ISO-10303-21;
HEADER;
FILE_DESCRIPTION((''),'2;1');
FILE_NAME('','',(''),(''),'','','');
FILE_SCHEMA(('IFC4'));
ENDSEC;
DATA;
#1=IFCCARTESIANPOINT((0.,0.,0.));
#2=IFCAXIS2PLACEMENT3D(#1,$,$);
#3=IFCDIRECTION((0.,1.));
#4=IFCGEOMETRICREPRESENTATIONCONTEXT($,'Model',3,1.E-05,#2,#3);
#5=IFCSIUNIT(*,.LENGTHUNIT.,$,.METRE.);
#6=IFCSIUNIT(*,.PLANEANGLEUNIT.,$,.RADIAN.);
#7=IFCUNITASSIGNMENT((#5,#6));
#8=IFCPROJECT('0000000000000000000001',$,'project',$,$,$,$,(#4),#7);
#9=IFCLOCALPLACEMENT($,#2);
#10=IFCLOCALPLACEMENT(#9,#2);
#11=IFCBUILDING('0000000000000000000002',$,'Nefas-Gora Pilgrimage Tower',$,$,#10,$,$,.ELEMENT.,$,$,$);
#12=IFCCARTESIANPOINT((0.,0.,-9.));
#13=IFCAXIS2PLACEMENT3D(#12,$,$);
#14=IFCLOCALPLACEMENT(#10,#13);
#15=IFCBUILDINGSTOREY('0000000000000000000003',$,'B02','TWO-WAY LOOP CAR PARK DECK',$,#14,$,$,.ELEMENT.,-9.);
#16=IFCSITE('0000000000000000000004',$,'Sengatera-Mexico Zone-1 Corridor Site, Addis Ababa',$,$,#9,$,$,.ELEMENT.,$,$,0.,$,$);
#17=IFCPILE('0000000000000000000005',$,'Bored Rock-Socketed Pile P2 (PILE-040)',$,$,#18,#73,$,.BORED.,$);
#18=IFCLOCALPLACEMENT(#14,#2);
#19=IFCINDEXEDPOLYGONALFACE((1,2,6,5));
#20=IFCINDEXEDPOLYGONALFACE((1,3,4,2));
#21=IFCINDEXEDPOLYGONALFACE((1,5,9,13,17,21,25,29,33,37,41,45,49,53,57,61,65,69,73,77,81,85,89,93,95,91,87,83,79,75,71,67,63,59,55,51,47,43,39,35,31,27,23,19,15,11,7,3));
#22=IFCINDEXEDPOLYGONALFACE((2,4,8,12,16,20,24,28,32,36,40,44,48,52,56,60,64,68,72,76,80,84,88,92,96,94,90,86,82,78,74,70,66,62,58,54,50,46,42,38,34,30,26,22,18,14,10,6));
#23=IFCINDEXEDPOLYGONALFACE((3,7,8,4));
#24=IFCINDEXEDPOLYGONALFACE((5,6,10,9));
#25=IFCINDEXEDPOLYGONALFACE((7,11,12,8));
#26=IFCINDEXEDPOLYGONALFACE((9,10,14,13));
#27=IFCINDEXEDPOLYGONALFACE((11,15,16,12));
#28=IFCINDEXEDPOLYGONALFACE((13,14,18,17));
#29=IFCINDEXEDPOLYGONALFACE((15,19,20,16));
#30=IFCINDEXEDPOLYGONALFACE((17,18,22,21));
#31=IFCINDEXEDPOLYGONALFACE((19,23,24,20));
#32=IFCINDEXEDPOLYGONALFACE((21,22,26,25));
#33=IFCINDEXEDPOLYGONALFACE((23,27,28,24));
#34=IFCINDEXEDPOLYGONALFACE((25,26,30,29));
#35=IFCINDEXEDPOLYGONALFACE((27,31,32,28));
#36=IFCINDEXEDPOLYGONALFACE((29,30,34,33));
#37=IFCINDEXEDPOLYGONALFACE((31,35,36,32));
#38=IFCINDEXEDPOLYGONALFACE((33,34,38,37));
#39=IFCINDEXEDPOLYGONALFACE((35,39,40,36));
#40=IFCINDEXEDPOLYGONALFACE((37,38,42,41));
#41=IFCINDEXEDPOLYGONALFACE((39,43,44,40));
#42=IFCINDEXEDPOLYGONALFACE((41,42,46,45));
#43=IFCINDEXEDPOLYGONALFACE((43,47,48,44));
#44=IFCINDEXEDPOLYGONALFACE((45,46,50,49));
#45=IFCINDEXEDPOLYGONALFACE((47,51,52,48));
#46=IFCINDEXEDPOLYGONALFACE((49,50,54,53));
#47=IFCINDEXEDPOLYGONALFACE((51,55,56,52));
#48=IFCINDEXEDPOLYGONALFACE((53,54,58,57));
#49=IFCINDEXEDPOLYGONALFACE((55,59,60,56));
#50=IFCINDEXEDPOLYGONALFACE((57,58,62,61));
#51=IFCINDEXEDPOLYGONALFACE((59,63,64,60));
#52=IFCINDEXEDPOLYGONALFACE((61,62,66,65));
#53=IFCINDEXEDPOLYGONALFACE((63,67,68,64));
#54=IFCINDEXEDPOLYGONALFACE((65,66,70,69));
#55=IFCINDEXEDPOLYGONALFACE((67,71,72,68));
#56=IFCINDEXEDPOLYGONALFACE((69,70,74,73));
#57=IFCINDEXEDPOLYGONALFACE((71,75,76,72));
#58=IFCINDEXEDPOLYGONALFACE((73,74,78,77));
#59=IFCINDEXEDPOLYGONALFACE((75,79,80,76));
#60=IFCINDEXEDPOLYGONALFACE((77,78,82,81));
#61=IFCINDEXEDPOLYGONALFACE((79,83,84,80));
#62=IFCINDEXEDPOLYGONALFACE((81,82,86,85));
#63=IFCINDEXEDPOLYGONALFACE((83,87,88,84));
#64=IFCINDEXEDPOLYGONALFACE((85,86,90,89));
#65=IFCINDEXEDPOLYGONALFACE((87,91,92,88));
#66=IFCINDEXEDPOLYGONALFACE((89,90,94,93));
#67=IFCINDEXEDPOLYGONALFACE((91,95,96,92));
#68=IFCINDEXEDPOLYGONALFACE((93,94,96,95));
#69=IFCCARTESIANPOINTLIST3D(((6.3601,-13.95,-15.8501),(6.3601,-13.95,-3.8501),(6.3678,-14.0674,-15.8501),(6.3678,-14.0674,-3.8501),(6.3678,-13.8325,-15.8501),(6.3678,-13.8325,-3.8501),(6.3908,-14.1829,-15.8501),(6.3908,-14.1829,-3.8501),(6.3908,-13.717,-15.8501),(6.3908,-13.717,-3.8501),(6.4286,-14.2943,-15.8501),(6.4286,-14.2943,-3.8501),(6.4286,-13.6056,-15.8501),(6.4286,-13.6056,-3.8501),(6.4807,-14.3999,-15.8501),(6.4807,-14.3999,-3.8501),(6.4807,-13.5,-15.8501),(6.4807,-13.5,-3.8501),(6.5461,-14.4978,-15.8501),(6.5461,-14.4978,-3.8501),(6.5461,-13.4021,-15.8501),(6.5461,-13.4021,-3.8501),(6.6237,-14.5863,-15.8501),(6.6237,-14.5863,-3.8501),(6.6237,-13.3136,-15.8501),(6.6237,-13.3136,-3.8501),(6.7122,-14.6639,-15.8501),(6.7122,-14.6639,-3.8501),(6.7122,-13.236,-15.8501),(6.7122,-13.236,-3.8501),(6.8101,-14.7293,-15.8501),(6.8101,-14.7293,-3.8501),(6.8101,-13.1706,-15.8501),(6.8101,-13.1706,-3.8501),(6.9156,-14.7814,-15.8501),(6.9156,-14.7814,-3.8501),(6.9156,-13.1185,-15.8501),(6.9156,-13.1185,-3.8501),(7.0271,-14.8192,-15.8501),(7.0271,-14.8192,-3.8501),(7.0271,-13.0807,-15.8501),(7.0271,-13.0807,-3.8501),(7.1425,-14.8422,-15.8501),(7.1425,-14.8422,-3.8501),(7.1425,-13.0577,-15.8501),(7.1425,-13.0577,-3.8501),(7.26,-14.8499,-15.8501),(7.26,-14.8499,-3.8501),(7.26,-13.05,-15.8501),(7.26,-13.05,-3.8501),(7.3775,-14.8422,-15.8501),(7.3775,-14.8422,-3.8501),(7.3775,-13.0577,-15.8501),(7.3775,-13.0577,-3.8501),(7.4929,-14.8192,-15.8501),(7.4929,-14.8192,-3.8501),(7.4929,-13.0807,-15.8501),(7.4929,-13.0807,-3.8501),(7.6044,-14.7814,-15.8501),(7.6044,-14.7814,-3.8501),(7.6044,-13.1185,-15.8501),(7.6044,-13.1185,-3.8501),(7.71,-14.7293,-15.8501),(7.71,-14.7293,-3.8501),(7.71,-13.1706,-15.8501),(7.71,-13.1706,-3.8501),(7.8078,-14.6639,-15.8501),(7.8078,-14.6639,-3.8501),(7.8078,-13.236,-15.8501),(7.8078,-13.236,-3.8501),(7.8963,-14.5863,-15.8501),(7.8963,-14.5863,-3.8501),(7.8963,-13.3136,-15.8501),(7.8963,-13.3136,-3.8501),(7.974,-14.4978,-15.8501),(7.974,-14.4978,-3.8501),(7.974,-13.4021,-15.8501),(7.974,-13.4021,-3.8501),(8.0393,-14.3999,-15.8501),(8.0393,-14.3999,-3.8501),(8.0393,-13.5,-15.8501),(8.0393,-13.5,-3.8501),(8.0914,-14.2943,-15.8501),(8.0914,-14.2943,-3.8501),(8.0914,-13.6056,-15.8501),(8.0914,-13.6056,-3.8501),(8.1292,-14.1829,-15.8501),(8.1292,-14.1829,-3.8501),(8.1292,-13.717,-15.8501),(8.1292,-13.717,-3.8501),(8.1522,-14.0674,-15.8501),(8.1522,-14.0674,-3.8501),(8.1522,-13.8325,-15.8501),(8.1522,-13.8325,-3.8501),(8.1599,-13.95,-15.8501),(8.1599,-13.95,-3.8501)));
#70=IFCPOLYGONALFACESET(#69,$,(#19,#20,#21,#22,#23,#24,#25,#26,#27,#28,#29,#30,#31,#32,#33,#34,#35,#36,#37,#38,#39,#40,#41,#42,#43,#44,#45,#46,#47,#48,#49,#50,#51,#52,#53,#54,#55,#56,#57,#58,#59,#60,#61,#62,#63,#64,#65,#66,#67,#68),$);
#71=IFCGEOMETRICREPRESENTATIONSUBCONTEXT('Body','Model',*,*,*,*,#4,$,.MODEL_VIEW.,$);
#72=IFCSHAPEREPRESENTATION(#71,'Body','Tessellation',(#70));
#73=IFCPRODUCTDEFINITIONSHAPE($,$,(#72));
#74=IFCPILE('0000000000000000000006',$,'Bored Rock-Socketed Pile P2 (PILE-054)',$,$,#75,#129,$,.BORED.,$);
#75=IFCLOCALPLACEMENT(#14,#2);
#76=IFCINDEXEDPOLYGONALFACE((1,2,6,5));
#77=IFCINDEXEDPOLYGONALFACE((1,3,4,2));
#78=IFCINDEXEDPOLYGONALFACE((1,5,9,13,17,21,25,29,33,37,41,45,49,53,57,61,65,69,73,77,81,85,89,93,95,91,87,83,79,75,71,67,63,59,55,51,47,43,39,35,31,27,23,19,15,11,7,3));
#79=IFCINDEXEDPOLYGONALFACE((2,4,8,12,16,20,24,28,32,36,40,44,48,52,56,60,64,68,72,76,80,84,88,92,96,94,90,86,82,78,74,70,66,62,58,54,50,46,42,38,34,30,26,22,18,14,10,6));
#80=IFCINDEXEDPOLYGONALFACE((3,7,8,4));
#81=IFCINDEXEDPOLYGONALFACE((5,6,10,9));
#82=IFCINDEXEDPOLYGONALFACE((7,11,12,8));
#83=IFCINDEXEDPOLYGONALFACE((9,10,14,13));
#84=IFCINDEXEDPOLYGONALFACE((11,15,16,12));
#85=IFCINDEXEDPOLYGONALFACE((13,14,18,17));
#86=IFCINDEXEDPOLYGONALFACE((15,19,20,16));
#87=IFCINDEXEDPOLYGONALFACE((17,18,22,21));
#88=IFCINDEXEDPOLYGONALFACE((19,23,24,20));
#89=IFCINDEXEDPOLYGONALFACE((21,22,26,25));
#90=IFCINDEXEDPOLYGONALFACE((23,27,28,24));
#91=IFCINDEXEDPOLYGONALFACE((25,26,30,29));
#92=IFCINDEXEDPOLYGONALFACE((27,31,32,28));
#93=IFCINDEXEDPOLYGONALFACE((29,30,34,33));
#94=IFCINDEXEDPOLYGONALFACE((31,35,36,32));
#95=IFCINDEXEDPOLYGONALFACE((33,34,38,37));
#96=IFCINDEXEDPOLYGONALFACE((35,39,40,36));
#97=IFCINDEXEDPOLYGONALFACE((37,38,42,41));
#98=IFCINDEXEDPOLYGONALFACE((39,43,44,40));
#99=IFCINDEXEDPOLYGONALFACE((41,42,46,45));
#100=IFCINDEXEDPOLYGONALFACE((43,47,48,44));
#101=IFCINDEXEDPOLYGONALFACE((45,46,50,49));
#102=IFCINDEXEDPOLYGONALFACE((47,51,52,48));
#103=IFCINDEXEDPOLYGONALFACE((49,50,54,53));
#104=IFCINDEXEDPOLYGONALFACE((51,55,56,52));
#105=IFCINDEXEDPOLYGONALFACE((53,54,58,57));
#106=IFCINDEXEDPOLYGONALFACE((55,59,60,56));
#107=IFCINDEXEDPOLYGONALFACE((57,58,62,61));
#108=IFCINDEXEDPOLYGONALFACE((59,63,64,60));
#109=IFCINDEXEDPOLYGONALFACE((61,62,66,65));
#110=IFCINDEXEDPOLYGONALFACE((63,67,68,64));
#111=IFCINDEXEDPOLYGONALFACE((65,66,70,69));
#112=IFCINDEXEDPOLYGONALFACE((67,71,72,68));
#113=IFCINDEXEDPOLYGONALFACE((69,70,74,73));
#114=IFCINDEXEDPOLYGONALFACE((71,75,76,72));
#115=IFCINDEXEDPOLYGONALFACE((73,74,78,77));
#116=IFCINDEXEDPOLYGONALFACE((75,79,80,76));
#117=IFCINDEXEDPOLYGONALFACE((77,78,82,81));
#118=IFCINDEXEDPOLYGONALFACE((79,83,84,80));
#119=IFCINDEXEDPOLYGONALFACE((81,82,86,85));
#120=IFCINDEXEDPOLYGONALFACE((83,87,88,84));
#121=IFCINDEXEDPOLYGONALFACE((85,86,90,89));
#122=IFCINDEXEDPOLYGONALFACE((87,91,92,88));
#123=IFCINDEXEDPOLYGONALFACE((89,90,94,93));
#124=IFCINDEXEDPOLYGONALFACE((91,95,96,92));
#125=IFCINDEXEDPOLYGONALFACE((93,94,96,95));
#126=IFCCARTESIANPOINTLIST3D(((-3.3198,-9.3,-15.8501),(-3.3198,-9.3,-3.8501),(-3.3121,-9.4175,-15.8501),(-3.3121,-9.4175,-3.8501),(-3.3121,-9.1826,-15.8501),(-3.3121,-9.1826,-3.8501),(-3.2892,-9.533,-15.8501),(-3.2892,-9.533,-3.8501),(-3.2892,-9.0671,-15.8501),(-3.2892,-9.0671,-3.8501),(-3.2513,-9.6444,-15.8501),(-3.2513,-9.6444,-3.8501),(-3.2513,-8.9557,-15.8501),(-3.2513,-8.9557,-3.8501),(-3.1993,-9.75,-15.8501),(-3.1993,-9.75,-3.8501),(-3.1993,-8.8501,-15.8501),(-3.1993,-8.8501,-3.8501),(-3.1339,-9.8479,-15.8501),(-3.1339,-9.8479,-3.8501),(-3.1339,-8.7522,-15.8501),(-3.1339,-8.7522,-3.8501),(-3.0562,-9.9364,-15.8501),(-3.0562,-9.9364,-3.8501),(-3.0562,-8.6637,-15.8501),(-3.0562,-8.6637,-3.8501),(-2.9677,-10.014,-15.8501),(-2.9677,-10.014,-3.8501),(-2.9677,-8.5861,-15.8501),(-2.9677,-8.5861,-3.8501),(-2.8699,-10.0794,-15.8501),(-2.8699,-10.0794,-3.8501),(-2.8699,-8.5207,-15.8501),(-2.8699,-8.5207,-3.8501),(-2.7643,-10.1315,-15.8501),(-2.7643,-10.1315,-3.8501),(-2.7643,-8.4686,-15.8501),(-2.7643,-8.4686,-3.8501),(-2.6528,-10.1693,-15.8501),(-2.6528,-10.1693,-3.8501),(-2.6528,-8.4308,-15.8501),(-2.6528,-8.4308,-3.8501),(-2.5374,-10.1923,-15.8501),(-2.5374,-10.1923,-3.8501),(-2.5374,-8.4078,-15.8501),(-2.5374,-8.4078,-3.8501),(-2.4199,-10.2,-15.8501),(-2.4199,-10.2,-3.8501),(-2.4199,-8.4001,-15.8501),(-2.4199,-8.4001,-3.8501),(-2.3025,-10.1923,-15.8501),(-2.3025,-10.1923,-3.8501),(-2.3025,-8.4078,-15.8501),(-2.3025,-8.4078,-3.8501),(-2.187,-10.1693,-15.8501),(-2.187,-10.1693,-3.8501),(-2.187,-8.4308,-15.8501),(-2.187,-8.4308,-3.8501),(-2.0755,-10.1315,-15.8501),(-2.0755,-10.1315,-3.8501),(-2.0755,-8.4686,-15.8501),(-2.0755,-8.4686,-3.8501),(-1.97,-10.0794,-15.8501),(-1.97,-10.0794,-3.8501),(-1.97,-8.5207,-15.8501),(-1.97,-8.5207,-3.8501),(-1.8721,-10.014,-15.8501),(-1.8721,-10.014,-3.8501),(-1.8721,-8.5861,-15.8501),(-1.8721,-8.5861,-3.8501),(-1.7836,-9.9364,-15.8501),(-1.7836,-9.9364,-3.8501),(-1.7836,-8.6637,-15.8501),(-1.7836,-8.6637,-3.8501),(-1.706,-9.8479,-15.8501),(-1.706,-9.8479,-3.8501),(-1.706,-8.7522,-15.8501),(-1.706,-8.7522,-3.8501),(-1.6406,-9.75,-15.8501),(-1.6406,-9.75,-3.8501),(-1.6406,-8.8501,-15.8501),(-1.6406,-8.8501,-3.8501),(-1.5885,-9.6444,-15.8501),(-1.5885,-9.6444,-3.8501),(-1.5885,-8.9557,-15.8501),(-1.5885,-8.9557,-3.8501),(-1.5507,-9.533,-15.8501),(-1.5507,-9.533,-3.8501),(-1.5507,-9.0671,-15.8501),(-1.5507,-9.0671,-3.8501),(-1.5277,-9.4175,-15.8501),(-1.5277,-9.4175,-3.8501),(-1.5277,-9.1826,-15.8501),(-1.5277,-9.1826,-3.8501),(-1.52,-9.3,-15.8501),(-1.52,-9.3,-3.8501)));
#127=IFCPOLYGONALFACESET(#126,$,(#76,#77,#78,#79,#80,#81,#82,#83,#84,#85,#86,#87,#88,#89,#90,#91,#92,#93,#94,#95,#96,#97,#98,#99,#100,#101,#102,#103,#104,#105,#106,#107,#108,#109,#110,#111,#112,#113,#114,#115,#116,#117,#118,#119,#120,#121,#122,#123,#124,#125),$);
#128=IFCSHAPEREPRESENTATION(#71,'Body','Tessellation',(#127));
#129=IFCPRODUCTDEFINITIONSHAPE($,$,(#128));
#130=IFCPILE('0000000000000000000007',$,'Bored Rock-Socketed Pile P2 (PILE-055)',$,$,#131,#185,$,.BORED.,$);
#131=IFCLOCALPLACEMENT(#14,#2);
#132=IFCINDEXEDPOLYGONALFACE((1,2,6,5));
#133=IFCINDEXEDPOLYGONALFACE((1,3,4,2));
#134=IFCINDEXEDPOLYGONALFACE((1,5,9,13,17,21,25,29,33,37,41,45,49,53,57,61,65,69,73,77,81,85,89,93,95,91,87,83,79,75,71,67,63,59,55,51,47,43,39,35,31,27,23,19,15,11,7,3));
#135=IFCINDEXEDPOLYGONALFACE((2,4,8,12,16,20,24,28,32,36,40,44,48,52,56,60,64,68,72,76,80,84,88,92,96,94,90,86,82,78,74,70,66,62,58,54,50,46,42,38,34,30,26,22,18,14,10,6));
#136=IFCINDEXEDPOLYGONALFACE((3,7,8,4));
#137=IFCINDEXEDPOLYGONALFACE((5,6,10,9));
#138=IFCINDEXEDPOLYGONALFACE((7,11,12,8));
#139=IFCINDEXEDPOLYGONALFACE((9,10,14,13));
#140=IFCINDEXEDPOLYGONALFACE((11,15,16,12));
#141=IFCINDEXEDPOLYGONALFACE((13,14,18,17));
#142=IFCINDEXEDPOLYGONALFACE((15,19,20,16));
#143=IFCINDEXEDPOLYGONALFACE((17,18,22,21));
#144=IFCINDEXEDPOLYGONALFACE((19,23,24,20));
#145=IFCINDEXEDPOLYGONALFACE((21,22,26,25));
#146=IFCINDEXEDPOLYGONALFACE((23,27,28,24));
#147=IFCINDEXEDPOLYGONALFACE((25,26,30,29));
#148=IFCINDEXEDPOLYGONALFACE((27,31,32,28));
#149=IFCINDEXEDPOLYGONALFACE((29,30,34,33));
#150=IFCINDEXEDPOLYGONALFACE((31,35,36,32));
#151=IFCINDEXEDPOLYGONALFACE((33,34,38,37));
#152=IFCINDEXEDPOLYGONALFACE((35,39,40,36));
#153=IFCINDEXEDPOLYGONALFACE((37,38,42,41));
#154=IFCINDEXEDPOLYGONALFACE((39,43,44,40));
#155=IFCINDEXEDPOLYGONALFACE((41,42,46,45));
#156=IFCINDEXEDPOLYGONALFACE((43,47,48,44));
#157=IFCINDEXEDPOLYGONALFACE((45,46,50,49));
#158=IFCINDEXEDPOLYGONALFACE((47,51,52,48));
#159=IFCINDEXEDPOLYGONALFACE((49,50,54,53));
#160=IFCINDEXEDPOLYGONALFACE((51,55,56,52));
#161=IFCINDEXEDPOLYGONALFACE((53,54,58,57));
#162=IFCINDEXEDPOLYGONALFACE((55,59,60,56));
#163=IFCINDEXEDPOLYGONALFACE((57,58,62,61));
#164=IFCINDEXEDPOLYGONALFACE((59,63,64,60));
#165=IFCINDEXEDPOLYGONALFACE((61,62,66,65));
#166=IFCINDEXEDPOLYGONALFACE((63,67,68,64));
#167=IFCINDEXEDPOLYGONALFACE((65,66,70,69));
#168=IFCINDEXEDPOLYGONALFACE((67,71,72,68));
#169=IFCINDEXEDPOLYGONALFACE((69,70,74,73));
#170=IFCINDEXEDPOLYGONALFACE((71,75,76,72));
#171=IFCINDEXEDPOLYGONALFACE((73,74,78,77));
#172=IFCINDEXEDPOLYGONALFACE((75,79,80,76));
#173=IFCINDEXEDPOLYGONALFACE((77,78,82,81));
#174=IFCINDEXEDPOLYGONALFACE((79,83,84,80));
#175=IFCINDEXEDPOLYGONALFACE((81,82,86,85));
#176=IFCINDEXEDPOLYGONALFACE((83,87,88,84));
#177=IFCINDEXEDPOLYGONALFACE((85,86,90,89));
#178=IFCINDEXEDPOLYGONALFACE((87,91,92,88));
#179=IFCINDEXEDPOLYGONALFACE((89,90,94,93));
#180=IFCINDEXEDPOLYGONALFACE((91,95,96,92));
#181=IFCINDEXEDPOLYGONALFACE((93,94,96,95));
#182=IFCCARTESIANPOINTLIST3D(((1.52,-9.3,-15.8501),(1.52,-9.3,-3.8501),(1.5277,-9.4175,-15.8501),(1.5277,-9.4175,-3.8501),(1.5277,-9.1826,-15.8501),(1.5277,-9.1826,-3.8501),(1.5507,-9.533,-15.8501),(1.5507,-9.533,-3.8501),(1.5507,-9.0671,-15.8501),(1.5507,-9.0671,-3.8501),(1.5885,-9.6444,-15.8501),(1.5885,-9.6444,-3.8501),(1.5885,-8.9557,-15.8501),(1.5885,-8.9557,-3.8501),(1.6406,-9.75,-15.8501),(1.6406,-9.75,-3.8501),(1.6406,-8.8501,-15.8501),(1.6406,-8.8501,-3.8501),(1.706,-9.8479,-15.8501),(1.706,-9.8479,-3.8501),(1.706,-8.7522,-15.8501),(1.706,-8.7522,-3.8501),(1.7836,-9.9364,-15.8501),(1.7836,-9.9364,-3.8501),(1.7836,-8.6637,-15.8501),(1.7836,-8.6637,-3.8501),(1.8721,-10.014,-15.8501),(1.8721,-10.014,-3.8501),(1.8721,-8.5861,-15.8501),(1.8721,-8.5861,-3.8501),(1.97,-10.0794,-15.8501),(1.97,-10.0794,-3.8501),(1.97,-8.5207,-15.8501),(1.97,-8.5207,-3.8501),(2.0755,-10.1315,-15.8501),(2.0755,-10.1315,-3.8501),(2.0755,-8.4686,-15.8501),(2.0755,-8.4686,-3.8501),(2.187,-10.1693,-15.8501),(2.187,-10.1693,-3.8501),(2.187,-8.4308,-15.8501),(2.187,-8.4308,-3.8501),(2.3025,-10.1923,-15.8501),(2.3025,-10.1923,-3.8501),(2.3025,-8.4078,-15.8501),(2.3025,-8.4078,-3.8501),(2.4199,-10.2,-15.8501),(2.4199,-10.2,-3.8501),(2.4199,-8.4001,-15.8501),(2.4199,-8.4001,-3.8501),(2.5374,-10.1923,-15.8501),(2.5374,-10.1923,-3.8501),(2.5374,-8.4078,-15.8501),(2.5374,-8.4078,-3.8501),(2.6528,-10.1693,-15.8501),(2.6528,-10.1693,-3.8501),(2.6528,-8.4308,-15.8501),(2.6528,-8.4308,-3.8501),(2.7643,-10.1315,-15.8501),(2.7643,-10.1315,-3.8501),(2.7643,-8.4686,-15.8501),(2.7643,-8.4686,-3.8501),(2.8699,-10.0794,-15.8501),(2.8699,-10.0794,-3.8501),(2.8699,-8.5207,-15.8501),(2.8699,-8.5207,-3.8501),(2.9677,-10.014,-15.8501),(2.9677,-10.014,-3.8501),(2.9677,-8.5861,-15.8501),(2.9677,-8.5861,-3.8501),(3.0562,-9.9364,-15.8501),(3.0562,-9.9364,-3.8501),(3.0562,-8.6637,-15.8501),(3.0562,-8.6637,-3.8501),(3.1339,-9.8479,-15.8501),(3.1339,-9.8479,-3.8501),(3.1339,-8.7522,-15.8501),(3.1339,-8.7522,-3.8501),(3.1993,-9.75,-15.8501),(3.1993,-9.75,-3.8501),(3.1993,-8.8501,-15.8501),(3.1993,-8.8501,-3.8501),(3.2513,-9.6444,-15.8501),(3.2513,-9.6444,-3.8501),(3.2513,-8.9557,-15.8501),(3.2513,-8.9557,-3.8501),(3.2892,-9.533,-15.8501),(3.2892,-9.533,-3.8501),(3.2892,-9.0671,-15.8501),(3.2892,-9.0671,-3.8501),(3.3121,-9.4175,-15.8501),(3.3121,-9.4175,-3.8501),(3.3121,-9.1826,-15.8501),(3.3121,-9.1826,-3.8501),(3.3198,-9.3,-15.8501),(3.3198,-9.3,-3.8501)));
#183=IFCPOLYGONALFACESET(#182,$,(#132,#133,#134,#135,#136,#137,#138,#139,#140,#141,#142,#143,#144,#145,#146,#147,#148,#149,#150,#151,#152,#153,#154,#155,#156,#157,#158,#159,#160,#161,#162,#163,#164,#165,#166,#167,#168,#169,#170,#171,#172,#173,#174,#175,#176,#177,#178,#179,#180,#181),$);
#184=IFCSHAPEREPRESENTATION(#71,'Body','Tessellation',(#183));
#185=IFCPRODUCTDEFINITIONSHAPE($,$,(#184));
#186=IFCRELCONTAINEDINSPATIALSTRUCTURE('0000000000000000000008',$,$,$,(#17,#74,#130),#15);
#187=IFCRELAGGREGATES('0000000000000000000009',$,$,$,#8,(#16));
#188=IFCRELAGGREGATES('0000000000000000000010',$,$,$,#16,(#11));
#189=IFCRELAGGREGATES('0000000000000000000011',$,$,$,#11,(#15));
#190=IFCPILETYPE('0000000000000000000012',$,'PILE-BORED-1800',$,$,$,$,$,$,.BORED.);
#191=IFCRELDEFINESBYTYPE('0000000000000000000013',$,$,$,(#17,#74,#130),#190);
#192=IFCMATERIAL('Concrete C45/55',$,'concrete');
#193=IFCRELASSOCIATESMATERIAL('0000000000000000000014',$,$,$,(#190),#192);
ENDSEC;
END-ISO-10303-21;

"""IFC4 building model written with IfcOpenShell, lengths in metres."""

from ifc_helpers import new_model, si_unit, direction, frame, origin, origin_2d, place, context, subcontext, project, spatial, circle, extrude, source, transform, mapped, material, material_profile, profile_set, type_object, element, save


model = new_model("IFC4")

# Units and contexts
model_context = context("Model", 3, precision=1e-05, world=origin(), true_north=direction((0.0, 1.0)))
body_context = subcontext(model_context, "Body", "Model", "MODEL_VIEW")
ifc_project = project(units=[si_unit("LENGTHUNIT", "METRE"), si_unit("PLANEANGLEUNIT", "RADIAN")], contexts=[model_context])

# Site, building, storey
site_placement = place(None, origin())
site = spatial("IfcSite", under=ifc_project, at=site_placement, Name="Sengatera-Mexico Zone-1 Corridor Site, Addis Ababa", CompositionType="ELEMENT", RefElevation=0.0)
building_placement = place(site_placement, origin())
building = spatial("IfcBuilding", under=site, at=building_placement, Name="Nefas-Gora Pilgrimage Tower", CompositionType="ELEMENT")
storey_placement = place(building_placement, frame((0.0, 0.0, -9.0)))
storey = spatial("IfcBuildingStorey", under=building, at=storey_placement, Name="B02", Description="TWO-WAY LOOP CAR PARK DECK", CompositionType="ELEMENT", Elevation=-9.0)

# Piles
ifc_material_1 = material(Name="Concrete C45/55", Category="concrete")
ifc_material_profile_1 = material_profile(ifc_material_1, circle(Radius=0.8999, at=origin_2d()), Name="PILE D1800")
ifc_profile_set_1 = profile_set([ifc_material_profile_1], Name="Concrete C45/55")
pile_type_1 = type_object("IfcPileType", Name="PILE-BORED-1800", PredefinedType="BORED", material=ifc_profile_set_1)
shared_shape_1 = source(origin(), body_context, "Body", "SweptSolid", [
    extrude(circle(Radius=0.8999, at=origin_2d()), origin(), (0.0, 0.0, 1.0), 12.0),
])
for number, where, z_axis, x_axis, name in (
    (1, (7.26, -13.95, -3.8501), (0.0, 0.0, -1.0), (1.0, 0.0, 0.0), "Bored Rock-Socketed Pile P2 (PILE-040)"),
    (2, (-2.4199, -9.3, -3.8501), (0.0, 0.0, -1.0), (1.0, 0.0, 0.0), "Bored Rock-Socketed Pile P2 (PILE-054)"),
    (3, (2.4199, -9.3, -3.8501), (0.0, 0.0, -1.0), (1.0, 0.0, 0.0), "Bored Rock-Socketed Pile P2 (PILE-055)"),
):
    element("IfcPile", number, at=place(storey_placement, frame(where, z_axis=z_axis, x_axis=x_axis)), inside=storey, type_object=pile_type_1, Name=name, PredefinedType="BORED", context=body_context, shape_type="MappedRepresentation", body=[
        mapped(shared_shape_1, transform((0.0, 0.0, 0.0), x_axis=(1.0, 0.0, 0.0), y_axis=(0.0, 1.0, 0.0), z_axis=(0.0, 0.0, 1.0), scale=1.0)),
    ])

save(model, "model.ifc")
